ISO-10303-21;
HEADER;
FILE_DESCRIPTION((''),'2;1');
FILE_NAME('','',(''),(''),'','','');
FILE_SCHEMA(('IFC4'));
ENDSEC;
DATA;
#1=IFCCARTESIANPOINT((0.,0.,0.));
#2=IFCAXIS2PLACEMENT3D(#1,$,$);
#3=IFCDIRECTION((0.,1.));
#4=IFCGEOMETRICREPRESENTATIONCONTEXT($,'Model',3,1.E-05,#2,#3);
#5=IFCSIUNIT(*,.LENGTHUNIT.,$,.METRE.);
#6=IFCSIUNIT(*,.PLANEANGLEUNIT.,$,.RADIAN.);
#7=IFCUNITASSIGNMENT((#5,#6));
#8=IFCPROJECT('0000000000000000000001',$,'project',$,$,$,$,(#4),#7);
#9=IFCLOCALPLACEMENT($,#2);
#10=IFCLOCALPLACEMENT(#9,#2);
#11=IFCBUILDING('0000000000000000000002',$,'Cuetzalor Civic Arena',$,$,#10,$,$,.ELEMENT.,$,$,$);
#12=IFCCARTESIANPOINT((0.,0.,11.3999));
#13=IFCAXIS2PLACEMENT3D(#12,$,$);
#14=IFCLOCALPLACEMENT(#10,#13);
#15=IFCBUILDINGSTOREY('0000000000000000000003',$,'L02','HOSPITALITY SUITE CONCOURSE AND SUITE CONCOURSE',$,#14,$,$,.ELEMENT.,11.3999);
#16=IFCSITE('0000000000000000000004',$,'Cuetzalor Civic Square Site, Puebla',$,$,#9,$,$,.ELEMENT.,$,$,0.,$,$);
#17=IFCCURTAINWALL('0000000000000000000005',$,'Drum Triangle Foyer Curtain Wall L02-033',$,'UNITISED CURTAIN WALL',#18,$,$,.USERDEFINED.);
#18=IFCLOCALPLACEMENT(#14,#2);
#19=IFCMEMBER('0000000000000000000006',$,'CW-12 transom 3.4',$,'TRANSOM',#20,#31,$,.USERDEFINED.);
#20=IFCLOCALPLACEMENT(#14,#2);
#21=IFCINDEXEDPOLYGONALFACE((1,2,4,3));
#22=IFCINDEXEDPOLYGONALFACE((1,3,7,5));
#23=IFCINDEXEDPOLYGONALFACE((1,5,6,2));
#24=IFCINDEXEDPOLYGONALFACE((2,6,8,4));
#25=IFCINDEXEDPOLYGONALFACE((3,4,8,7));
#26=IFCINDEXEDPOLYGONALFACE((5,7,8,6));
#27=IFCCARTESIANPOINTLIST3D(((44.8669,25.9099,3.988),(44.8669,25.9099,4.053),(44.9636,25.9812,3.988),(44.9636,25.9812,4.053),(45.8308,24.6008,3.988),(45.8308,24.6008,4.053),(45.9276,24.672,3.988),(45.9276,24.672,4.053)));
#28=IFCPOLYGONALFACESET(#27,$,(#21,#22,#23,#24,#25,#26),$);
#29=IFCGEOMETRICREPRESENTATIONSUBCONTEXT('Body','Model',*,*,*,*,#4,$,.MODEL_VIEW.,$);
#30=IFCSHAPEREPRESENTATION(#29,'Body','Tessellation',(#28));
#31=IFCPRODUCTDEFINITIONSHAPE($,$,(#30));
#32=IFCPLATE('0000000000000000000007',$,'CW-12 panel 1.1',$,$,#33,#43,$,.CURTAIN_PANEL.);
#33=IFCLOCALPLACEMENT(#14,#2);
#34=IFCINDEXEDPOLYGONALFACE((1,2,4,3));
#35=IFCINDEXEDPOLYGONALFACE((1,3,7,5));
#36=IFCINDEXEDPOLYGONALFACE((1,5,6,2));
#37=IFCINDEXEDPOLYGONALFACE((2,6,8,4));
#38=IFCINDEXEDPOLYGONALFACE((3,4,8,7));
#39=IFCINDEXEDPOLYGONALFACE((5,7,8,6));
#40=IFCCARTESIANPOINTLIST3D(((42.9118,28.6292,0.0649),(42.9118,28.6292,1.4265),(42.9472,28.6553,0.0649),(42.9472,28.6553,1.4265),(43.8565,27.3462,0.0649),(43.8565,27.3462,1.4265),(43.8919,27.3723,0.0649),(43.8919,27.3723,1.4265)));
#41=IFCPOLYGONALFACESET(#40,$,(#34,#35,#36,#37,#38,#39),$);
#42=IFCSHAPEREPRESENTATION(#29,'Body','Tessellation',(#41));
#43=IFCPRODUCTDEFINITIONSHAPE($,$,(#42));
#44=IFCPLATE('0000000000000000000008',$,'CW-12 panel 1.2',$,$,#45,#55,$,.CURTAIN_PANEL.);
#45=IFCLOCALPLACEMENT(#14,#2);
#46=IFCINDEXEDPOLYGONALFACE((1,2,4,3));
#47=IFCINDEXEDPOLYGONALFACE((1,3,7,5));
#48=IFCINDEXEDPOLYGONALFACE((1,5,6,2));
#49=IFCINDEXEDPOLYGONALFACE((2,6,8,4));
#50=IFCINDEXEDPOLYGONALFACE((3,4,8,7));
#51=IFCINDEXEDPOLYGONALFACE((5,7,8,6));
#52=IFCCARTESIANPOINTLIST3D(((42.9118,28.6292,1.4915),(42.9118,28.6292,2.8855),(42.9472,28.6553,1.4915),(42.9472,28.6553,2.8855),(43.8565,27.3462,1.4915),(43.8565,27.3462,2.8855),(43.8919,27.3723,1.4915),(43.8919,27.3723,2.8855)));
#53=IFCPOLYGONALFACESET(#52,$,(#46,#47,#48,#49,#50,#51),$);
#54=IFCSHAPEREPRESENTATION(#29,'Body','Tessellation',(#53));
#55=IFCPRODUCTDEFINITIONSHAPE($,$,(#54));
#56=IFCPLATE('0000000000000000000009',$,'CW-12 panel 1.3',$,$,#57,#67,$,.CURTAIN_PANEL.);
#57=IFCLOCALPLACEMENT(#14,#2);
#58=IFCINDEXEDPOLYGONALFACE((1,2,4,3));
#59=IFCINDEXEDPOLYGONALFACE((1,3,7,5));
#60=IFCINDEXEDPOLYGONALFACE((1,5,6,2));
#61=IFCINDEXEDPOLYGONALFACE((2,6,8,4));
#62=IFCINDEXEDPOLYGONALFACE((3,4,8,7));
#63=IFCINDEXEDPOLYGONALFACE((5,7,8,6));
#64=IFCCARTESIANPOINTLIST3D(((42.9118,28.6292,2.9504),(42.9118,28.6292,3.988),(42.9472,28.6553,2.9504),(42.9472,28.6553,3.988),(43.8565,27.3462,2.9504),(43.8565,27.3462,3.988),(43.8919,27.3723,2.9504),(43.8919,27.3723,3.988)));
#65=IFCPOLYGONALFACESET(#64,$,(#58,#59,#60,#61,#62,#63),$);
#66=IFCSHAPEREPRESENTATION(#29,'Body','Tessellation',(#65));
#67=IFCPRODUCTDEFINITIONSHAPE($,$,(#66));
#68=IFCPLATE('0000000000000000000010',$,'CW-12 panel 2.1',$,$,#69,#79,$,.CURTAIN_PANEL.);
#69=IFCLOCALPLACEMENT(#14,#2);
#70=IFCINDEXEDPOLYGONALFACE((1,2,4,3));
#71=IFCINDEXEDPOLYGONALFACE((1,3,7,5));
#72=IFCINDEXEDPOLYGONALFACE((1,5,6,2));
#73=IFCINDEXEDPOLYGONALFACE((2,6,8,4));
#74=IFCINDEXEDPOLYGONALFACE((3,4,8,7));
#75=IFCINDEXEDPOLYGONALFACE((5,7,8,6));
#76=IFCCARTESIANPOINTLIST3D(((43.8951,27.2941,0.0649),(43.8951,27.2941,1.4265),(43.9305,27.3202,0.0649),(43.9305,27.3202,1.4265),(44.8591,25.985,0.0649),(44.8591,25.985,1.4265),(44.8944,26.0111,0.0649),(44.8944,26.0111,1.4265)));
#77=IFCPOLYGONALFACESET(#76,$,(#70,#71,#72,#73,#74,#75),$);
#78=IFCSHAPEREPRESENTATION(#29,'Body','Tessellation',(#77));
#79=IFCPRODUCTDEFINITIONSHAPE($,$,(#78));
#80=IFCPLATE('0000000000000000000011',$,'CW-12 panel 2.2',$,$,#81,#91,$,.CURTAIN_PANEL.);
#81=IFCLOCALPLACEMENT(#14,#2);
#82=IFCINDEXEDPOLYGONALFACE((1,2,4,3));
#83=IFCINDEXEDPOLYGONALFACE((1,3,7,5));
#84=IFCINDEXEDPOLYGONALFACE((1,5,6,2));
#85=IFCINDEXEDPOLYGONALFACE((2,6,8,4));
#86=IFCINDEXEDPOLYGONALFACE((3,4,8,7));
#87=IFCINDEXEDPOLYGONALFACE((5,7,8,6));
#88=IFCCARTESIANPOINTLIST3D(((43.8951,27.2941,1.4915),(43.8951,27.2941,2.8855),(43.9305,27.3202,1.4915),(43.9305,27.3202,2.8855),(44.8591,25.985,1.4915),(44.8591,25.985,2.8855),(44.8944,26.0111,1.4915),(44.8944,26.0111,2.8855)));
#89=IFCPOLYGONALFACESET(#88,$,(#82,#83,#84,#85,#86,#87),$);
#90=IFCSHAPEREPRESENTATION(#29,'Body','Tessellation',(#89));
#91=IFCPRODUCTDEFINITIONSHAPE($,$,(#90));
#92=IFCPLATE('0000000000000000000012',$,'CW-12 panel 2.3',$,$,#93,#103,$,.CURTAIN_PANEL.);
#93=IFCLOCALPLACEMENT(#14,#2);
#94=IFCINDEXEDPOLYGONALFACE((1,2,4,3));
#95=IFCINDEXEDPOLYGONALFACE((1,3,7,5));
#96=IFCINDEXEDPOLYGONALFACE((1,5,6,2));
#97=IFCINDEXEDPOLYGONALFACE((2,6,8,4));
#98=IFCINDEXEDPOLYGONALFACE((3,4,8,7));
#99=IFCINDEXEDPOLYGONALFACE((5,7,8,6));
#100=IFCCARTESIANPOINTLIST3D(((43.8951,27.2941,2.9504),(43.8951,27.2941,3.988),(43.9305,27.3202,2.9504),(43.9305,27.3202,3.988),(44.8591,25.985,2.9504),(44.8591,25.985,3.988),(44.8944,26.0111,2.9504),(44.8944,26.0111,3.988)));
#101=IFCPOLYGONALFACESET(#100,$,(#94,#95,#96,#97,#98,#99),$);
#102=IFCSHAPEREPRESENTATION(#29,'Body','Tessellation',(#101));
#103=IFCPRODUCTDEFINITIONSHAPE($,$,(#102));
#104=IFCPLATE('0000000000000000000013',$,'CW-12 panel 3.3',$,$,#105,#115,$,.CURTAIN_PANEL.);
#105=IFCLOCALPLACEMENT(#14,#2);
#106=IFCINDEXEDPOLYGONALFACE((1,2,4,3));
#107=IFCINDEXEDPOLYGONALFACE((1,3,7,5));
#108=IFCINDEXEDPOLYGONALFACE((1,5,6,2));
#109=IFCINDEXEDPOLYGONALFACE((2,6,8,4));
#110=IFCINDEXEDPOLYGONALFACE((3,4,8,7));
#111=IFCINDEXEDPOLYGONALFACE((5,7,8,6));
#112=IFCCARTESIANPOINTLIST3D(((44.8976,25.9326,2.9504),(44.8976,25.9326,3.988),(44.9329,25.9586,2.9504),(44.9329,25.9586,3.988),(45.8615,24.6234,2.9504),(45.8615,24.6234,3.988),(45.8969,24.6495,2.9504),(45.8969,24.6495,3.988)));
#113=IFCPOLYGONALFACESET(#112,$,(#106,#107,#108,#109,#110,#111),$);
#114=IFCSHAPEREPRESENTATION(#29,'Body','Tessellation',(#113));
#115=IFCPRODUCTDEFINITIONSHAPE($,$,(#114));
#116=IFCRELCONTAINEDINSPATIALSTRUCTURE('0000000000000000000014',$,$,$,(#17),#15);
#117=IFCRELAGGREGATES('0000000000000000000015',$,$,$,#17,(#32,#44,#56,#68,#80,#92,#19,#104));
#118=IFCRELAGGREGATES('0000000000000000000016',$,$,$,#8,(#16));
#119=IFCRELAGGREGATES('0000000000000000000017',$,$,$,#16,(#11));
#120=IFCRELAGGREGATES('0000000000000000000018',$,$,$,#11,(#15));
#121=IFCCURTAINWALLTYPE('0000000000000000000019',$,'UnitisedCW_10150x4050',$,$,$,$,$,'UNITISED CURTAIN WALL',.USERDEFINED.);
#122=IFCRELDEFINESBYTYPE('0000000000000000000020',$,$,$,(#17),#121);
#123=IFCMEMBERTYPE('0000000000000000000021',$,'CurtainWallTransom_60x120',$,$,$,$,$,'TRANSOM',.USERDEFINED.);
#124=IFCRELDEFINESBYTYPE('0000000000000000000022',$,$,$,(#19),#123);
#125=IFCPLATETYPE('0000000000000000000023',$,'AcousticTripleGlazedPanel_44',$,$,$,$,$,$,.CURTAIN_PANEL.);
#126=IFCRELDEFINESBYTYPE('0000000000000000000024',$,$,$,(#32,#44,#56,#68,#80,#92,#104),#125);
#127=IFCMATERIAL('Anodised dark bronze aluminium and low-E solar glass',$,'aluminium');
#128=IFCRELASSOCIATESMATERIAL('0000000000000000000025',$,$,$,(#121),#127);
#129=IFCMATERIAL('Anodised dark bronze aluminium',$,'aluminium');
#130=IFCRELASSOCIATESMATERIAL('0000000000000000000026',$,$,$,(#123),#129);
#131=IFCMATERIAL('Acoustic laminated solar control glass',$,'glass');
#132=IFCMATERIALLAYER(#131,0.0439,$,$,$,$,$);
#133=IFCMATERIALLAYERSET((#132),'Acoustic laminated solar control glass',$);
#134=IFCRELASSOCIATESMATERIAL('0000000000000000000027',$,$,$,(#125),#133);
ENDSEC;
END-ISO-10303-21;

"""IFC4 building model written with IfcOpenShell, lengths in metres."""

from ifc_helpers import new_model, si_unit, direction, frame, origin, origin_2d, place, context, subcontext, project, spatial, rectangle, extrude, material, layer, layer_set, material_profile, profile_set, type_object, element, aggregate, save


model = new_model("IFC4")

# Units and contexts
model_context = context("Model", 3, precision=1e-05, world=origin(), true_north=direction((0.0, 1.0)))
body_context = subcontext(model_context, "Body", "Model", "MODEL_VIEW")
ifc_project = project(units=[si_unit("LENGTHUNIT", "METRE"), si_unit("PLANEANGLEUNIT", "RADIAN")], contexts=[model_context])

# Site, building, storey
site_placement = place(None, origin())
site = spatial("IfcSite", under=ifc_project, at=site_placement, Name="Cuetzalor Civic Square Site, Puebla", CompositionType="ELEMENT", RefElevation=0.0)
building_placement = place(site_placement, origin())
building = spatial("IfcBuilding", under=site, at=building_placement, Name="Cuetzalor Civic Arena", CompositionType="ELEMENT")
storey_placement = place(building_placement, frame((0.0, 0.0, 11.3999)))
storey = spatial("IfcBuildingStorey", under=building, at=storey_placement, Name="L02", Description="HOSPITALITY SUITE CONCOURSE AND SUITE CONCOURSE", CompositionType="ELEMENT", Elevation=11.3999)

# Curtain wall, member, plates
ifc_material_1 = material(Name="Anodised dark bronze aluminium and low-E solar glass", Category="aluminium")
curtain_wall_type = type_object("IfcCurtainWallType", Name="UnitisedCW_10150x4050", ElementType="UNITISED CURTAIN WALL", PredefinedType="USERDEFINED", material=ifc_material_1)
curtain_wall_placement = place(storey_placement, origin())
curtain_wall = element("IfcCurtainWall", 1, at=curtain_wall_placement, inside=storey, type_object=curtain_wall_type, Name="Drum Triangle Foyer Curtain Wall L02-033", ObjectType="UNITISED CURTAIN WALL", PredefinedType="USERDEFINED")
ifc_material_2 = material(Name="Anodised dark bronze aluminium", Category="aluminium")
ifc_material_profile_1 = material_profile(ifc_material_2, rectangle(XDim=0.1201, YDim=0.0649, at=origin_2d()), Name="ALU TRANSOM 65x120")
ifc_profile_set_1 = profile_set([ifc_material_profile_1], Name="Anodised dark bronze aluminium")
member_type_1 = type_object("IfcMemberType", Name="CurtainWallTransom_60x120", ElementType="TRANSOM", PredefinedType="USERDEFINED", material=ifc_profile_set_1)
member_1_placement = place(storey_placement, frame((44.9153, 25.9456, 4.0205), z_axis=(0.592912, -0.805267, 0.0), x_axis=(0.805267, 0.592912, 0.0)))
member_1 = element("IfcMember", 2, at=member_1_placement, type_object=member_type_1, Name="CW-12 transom 3.4", ObjectType="TRANSOM", PredefinedType="USERDEFINED", context=body_context, shape_type="SweptSolid", body=[
    extrude(rectangle(XDim=0.1201, YDim=0.0649, at=origin_2d()), origin(), (0.0, 0.0, 1.0), 1.6257),
])
ifc_material_3 = material(Name="Acoustic laminated solar control glass", Category="glass")
ifc_layer = layer(ifc_material_3, 0.0439)
ifc_layer_set = layer_set([ifc_layer], Name="Acoustic laminated solar control glass")
plate_type = type_object("IfcPlateType", Name="AcousticTripleGlazedPanel_44", PredefinedType="CURTAIN_PANEL", material=ifc_layer_set)
plate_1_placement = place(storey_placement, frame((43.4019, 28.0007, 0.0649), z_axis=(0.0, 0.0, 1.0), x_axis=(0.592929, -0.805255, 0.0)))
plate_1 = element("IfcPlate", 3, at=plate_1_placement, type_object=plate_type, Name="CW-12 panel 1.1", PredefinedType="CURTAIN_PANEL", context=body_context, shape_type="SweptSolid", body=[
    extrude(rectangle(XDim=1.5933, YDim=0.0439, at=origin_2d()), origin(), (0.0, 0.0, 1.0), 1.3616),
])
plate_2_placement = place(storey_placement, frame((43.4019, 28.0007, 1.4915), z_axis=(0.0, 0.0, 1.0), x_axis=(0.592929, -0.805255, 0.0)))
plate_2 = element("IfcPlate", 4, at=plate_2_placement, type_object=plate_type, Name="CW-12 panel 1.2", PredefinedType="CURTAIN_PANEL", context=body_context, shape_type="SweptSolid", body=[
    extrude(rectangle(XDim=1.5933, YDim=0.0439, at=origin_2d()), origin(), (0.0, 0.0, 1.0), 1.394),
])
plate_3_placement = place(storey_placement, frame((43.4019, 28.0007, 2.9504), z_axis=(0.0, 0.0, 1.0), x_axis=(0.592929, -0.805255, 0.0)))
plate_3 = element("IfcPlate", 5, at=plate_3_placement, type_object=plate_type, Name="CW-12 panel 1.3", PredefinedType="CURTAIN_PANEL", context=body_context, shape_type="SweptSolid", body=[
    extrude(rectangle(XDim=1.5933, YDim=0.0439, at=origin_2d()), origin(), (0.0, 0.0, 1.0), 1.0376),
])
plate_4_placement = place(storey_placement, frame((44.3948, 26.6526, 0.0649), z_axis=(0.0, 0.0, 1.0), x_axis=(0.592929, -0.805255, 0.0)))
plate_4 = element("IfcPlate", 6, at=plate_4_placement, type_object=plate_type, Name="CW-12 panel 2.1", PredefinedType="CURTAIN_PANEL", context=body_context, shape_type="SweptSolid", body=[
    extrude(rectangle(XDim=1.6257, YDim=0.0439, at=origin_2d()), origin(), (0.0, 0.0, 1.0), 1.3616),
])
plate_5_placement = place(storey_placement, frame((44.3948, 26.6526, 1.4915), z_axis=(0.0, 0.0, 1.0), x_axis=(0.592929, -0.805255, 0.0)))
plate_5 = element("IfcPlate", 7, at=plate_5_placement, type_object=plate_type, Name="CW-12 panel 2.2", PredefinedType="CURTAIN_PANEL", context=body_context, shape_type="SweptSolid", body=[
    extrude(rectangle(XDim=1.6257, YDim=0.0439, at=origin_2d()), origin(), (0.0, 0.0, 1.0), 1.394),
])
plate_6_placement = place(storey_placement, frame((44.3948, 26.6526, 2.9504), z_axis=(0.0, 0.0, 1.0), x_axis=(0.592929, -0.805255, 0.0)))
plate_6 = element("IfcPlate", 8, at=plate_6_placement, type_object=plate_type, Name="CW-12 panel 2.3", PredefinedType="CURTAIN_PANEL", context=body_context, shape_type="SweptSolid", body=[
    extrude(rectangle(XDim=1.6257, YDim=0.0439, at=origin_2d()), origin(), (0.0, 0.0, 1.0), 1.0376),
])
plate_7_placement = place(storey_placement, frame((45.3972, 25.291, 2.9504), z_axis=(0.0, 0.0, 1.0), x_axis=(0.592929, -0.805255, 0.0)))
plate_7 = element("IfcPlate", 9, at=plate_7_placement, type_object=plate_type, Name="CW-12 panel 3.3", PredefinedType="CURTAIN_PANEL", context=body_context, shape_type="SweptSolid", body=[
    extrude(rectangle(XDim=1.6257, YDim=0.0439, at=origin_2d()), origin(), (0.0, 0.0, 1.0), 1.0376),
])
aggregate(curtain_wall, [plate_1, plate_2, plate_3, plate_4, plate_5, plate_6, member_1, plate_7])

save(model, "model.ifc")
